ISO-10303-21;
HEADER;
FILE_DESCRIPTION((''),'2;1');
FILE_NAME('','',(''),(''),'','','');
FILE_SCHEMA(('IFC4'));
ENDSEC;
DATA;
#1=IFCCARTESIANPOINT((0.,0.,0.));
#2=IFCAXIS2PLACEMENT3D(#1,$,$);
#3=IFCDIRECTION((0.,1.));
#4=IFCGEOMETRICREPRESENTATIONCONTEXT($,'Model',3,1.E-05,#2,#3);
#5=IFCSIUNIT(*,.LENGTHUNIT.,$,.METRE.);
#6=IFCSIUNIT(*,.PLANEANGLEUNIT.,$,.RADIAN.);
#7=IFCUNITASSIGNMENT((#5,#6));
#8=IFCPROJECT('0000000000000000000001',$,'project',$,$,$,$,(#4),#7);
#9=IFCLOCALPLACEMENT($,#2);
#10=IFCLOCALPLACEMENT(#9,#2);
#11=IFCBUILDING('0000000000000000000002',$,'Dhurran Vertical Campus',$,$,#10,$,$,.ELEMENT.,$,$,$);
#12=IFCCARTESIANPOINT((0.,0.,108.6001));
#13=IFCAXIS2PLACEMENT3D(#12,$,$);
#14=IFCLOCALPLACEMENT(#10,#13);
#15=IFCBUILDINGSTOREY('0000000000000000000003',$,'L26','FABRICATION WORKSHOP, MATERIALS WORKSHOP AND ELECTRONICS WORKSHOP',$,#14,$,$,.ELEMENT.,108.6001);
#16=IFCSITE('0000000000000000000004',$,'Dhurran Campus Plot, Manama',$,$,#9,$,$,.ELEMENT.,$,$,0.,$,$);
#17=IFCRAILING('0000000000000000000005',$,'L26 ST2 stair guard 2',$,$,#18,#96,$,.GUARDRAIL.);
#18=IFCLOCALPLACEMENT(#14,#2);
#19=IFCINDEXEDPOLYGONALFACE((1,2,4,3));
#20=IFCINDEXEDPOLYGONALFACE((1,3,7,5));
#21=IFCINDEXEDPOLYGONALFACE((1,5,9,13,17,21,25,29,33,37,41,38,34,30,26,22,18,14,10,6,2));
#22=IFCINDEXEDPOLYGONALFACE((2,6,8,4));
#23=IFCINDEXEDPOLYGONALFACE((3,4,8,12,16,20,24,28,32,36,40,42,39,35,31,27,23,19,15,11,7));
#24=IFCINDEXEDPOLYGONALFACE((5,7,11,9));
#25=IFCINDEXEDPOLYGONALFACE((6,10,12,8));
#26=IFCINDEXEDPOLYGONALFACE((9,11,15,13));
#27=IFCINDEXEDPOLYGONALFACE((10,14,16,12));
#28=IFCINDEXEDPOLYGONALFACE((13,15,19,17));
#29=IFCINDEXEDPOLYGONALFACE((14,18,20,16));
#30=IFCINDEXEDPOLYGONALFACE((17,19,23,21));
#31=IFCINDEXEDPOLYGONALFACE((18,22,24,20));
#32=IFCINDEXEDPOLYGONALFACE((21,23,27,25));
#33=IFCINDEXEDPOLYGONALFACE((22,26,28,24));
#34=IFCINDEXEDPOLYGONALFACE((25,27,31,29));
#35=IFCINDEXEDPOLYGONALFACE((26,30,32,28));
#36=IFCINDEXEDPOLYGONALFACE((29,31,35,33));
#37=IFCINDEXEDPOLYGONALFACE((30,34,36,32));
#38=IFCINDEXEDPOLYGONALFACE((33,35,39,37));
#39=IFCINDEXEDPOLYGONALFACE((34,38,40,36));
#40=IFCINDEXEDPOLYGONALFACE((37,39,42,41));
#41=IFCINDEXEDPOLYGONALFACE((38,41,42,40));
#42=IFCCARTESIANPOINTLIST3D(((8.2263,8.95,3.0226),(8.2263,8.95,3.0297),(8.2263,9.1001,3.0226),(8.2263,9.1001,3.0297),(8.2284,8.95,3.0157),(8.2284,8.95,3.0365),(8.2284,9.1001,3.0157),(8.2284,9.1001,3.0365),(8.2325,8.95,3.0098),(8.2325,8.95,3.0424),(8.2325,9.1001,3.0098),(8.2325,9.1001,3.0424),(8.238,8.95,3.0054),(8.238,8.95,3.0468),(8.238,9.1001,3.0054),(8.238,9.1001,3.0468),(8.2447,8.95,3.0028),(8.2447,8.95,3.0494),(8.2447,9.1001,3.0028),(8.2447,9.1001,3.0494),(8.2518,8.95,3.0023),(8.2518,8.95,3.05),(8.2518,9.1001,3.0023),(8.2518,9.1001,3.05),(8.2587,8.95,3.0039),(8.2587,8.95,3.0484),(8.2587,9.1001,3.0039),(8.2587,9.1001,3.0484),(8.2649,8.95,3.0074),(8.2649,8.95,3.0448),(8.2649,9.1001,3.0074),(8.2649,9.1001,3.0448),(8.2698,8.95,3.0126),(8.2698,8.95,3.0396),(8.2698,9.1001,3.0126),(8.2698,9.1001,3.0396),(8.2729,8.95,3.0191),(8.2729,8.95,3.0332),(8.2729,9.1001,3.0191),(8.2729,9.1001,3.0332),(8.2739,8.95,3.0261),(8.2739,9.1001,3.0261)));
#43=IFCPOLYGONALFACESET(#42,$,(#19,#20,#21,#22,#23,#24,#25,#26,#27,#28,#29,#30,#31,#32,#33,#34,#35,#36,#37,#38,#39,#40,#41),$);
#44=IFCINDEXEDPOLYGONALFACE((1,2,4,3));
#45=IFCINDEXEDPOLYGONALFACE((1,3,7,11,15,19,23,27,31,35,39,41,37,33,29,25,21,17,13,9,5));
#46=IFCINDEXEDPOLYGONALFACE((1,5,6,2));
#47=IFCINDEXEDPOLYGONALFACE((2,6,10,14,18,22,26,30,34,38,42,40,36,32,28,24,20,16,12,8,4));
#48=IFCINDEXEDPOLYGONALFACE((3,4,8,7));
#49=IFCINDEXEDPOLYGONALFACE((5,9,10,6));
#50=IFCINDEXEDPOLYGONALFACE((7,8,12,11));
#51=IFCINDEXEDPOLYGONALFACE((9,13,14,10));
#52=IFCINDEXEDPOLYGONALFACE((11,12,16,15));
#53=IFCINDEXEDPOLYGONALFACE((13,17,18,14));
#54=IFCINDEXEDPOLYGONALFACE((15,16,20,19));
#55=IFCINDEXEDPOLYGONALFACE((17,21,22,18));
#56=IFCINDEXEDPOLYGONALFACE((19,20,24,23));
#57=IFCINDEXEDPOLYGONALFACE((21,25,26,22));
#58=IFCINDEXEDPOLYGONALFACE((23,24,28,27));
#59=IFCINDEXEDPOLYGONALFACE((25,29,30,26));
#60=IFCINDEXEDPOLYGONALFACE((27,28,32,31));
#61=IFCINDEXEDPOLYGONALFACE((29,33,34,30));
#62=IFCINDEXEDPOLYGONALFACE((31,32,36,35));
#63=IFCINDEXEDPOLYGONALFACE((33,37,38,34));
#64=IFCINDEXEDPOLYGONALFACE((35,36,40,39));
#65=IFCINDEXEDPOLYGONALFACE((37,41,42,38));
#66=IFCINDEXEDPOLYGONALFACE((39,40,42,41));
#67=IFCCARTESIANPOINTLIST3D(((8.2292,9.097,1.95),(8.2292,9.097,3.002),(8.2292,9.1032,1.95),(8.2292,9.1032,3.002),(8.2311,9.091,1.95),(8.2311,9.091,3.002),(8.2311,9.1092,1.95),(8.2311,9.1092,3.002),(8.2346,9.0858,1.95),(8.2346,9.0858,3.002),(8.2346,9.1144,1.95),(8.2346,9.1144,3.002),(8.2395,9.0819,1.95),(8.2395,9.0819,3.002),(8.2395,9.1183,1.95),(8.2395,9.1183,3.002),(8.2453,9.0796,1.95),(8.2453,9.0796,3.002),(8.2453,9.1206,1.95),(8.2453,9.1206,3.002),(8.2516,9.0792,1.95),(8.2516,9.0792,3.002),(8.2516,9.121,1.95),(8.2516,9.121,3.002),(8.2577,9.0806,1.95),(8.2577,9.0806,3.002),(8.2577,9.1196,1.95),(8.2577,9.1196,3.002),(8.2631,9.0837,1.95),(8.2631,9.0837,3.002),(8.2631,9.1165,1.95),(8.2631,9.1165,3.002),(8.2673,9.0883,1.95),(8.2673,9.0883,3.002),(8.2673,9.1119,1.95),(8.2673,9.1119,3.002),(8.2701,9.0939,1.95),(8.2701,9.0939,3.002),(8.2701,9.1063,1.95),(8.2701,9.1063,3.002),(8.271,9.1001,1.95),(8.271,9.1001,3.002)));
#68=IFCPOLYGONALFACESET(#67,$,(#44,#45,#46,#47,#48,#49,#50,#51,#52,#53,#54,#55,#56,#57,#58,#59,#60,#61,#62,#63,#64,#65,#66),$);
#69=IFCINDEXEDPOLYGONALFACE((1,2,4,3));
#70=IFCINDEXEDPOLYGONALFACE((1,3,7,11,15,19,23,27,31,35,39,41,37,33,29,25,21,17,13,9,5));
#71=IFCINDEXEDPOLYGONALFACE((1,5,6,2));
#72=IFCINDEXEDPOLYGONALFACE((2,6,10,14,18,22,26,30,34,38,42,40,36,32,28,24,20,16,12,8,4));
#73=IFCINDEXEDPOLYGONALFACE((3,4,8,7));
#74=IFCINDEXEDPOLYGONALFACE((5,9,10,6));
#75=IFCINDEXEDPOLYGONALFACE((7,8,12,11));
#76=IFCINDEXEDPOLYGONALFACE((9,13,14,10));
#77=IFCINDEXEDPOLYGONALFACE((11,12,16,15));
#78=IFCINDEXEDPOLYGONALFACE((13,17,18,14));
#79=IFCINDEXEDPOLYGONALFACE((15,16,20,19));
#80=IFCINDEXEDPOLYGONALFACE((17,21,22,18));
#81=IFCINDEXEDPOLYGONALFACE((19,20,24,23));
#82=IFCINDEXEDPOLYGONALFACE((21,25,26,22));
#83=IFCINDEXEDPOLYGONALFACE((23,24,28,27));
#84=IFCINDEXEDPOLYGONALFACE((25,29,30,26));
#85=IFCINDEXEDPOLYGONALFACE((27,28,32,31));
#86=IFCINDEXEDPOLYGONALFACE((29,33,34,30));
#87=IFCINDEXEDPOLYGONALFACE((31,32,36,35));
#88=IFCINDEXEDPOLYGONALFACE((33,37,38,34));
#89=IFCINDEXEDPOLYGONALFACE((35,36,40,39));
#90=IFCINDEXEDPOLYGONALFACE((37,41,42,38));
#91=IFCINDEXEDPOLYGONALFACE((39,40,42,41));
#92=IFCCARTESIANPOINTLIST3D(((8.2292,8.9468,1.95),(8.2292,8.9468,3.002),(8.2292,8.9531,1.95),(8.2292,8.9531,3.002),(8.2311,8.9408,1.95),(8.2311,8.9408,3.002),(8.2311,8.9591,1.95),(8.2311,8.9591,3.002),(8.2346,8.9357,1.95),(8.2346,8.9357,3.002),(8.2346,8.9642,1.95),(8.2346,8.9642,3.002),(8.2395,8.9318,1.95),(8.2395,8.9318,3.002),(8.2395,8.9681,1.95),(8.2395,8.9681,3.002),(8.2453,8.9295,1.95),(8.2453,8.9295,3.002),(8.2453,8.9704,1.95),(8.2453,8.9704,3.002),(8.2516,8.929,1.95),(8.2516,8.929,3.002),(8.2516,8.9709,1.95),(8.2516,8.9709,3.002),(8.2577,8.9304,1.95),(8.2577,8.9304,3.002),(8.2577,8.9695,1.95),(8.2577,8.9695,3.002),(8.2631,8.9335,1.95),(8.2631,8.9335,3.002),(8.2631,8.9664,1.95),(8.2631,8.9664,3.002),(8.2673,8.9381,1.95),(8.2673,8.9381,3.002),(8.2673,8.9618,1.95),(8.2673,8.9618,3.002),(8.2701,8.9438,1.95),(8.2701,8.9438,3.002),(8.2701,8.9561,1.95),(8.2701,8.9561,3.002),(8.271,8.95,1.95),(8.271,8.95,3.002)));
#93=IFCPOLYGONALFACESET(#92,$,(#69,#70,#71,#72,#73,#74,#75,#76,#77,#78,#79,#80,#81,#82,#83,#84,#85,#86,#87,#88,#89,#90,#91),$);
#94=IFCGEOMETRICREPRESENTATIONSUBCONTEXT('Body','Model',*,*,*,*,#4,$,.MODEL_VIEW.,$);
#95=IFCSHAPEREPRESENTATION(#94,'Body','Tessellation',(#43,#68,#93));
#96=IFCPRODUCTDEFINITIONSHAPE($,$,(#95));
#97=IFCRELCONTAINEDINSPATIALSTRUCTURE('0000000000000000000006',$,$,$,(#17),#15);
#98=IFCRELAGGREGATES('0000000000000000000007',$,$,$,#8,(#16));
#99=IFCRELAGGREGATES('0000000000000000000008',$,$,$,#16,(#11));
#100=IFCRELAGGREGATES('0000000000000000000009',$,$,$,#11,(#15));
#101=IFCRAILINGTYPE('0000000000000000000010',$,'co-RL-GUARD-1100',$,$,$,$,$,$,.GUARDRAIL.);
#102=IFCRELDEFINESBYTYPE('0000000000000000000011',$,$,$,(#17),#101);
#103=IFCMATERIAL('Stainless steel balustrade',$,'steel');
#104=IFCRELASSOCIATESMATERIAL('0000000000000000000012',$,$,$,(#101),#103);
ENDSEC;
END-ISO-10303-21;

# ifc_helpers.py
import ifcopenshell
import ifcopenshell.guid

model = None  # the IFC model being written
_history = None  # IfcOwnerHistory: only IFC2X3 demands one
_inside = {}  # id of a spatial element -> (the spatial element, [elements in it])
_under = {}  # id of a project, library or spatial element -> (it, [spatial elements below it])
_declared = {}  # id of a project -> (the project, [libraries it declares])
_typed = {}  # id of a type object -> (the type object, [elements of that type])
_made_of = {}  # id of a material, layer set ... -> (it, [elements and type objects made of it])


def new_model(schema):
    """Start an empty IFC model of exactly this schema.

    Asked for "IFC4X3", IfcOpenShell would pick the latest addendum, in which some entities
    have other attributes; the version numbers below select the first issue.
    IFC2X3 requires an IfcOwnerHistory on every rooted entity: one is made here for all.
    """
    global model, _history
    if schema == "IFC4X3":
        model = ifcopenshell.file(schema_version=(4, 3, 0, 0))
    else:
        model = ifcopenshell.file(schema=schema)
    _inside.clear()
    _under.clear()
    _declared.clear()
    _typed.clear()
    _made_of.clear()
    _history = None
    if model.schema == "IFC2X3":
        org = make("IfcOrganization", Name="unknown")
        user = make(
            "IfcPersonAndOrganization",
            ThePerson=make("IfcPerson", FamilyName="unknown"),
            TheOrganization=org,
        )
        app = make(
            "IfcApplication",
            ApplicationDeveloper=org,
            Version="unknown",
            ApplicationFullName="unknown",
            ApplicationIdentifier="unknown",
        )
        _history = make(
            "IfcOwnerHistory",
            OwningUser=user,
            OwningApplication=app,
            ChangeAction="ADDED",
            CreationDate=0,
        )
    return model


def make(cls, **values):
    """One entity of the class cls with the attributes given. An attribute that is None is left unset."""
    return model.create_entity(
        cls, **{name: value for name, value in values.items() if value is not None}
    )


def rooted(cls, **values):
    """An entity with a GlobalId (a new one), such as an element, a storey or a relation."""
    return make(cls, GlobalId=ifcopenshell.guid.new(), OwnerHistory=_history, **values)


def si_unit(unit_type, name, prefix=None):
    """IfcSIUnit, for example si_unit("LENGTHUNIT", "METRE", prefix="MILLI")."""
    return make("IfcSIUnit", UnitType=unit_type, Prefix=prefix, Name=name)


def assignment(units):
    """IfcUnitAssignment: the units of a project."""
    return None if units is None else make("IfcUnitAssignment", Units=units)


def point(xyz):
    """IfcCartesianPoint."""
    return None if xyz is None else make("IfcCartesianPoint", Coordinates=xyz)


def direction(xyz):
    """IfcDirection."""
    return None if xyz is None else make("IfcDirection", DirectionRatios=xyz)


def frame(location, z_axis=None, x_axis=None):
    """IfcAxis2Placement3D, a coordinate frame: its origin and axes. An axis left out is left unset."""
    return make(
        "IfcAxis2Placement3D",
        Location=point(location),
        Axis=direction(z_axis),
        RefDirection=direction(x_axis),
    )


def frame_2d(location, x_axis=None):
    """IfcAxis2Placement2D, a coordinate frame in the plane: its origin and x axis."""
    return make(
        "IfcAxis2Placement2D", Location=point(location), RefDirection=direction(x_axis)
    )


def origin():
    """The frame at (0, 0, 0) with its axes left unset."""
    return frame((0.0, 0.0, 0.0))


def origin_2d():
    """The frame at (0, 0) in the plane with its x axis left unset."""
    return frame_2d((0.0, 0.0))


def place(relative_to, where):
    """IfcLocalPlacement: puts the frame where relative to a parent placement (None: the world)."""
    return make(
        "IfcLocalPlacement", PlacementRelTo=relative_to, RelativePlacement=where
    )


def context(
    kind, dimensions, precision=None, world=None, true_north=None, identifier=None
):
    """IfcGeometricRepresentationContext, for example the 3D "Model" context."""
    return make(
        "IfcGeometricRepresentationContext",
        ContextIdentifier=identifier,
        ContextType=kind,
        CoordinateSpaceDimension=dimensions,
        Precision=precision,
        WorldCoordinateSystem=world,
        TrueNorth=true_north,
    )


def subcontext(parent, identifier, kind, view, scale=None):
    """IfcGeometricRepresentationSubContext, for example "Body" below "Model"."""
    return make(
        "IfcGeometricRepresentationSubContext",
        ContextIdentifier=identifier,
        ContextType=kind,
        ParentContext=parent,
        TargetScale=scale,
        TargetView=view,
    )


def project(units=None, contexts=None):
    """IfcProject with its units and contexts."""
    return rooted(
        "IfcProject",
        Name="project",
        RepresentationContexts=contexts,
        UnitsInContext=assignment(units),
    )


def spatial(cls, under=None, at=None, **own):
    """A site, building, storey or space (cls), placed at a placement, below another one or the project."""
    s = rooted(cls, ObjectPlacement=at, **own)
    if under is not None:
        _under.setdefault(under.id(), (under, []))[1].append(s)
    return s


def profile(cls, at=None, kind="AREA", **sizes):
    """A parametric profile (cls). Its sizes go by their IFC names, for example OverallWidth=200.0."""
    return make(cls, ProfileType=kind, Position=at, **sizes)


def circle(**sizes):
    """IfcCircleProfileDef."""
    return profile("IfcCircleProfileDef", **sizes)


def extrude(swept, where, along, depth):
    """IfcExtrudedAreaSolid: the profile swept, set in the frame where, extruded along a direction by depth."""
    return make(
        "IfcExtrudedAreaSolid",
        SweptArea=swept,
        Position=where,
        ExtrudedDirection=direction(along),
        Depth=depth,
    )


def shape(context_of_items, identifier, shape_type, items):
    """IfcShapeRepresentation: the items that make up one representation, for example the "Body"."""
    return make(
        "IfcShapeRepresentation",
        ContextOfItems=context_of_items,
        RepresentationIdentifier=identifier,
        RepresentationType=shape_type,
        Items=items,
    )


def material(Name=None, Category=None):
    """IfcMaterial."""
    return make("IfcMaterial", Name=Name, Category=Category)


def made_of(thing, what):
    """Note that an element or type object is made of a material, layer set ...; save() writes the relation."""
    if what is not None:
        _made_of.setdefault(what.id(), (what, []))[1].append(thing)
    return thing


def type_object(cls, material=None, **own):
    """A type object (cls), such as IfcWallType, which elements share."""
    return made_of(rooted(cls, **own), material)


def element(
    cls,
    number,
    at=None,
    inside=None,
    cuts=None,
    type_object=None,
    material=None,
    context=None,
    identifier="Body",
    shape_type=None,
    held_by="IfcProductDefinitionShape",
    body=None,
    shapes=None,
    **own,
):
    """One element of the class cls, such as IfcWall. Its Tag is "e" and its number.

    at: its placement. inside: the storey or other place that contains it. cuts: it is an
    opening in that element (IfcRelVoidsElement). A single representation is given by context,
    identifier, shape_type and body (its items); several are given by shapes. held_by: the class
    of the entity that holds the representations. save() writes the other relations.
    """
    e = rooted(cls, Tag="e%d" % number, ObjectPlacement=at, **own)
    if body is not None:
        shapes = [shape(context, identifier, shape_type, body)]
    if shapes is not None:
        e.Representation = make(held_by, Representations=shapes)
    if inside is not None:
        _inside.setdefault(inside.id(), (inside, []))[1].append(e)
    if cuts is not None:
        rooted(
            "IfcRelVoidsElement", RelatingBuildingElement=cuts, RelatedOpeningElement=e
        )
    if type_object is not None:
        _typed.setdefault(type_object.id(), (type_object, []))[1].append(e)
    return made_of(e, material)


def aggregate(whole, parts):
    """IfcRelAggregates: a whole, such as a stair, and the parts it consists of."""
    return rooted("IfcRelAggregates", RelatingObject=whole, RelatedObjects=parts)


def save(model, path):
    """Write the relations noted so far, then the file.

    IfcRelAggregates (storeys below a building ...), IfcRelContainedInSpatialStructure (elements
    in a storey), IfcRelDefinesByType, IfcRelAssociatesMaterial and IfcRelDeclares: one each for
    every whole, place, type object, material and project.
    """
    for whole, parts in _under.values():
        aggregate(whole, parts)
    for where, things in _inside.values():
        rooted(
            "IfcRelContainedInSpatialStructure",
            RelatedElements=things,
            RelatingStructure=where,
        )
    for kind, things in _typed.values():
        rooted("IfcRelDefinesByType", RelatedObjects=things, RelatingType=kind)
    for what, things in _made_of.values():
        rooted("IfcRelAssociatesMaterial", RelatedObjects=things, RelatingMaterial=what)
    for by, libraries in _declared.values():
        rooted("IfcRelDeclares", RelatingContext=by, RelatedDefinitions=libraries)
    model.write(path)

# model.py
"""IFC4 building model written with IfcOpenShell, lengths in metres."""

from ifc_helpers import new_model, si_unit, direction, frame, origin, origin_2d, place, context, subcontext, project, spatial, circle, extrude, material, type_object, element, save


model = new_model("IFC4")

# Units and contexts
model_context = context("Model", 3, precision=1e-05, world=origin(), true_north=direction((0.0, 1.0)))
body_context = subcontext(model_context, "Body", "Model", "MODEL_VIEW")
ifc_project = project(units=[si_unit("LENGTHUNIT", "METRE"), si_unit("PLANEANGLEUNIT", "RADIAN")], contexts=[model_context])

# Site, building, storey
site_placement = place(None, origin())
site = spatial("IfcSite", under=ifc_project, at=site_placement, Name="Dhurran Campus Plot, Manama", CompositionType="ELEMENT", RefElevation=0.0)
building_placement = place(site_placement, origin())
building = spatial("IfcBuilding", under=site, at=building_placement, Name="Dhurran Vertical Campus", CompositionType="ELEMENT")
storey_placement = place(building_placement, frame((0.0, 0.0, 108.6001)))
storey = spatial("IfcBuildingStorey", under=building, at=storey_placement, Name="L26", Description="FABRICATION WORKSHOP, MATERIALS WORKSHOP AND ELECTRONICS WORKSHOP", CompositionType="ELEMENT", Elevation=108.6001)

# Railing
ifc_material_1 = material(Name="Stainless steel balustrade", Category="steel")
railing_type_1 = type_object("IfcRailingType", Name="co-RL-GUARD-1100", PredefinedType="GUARDRAIL", material=ifc_material_1)
railing_1_placement = place(storey_placement, frame((8.25, 9.1001, 1.95)))
element("IfcRailing", 1, at=railing_1_placement, inside=storey, type_object=railing_type_1, Name="L26 ST2 stair guard 2", PredefinedType="GUARDRAIL", context=body_context, shape_type="SweptSolid", body=[
    extrude(circle(Radius=0.0239, at=origin_2d()), frame((0.0, 0.0, 1.0762), z_axis=(0.0, -1.0, 0.0), x_axis=(1.0, 0.0, 0.0)), (0.0, 0.0, 1.0), 0.1501),
    extrude(circle(Radius=0.021, at=origin_2d()), origin(), (0.0, 0.0, 1.0), 1.052),
    extrude(circle(Radius=0.021, at=origin_2d()), frame((0.0, -0.1501, 0.0)), (0.0, 0.0, 1.0), 1.052),
])

save(model, "model.ifc")
